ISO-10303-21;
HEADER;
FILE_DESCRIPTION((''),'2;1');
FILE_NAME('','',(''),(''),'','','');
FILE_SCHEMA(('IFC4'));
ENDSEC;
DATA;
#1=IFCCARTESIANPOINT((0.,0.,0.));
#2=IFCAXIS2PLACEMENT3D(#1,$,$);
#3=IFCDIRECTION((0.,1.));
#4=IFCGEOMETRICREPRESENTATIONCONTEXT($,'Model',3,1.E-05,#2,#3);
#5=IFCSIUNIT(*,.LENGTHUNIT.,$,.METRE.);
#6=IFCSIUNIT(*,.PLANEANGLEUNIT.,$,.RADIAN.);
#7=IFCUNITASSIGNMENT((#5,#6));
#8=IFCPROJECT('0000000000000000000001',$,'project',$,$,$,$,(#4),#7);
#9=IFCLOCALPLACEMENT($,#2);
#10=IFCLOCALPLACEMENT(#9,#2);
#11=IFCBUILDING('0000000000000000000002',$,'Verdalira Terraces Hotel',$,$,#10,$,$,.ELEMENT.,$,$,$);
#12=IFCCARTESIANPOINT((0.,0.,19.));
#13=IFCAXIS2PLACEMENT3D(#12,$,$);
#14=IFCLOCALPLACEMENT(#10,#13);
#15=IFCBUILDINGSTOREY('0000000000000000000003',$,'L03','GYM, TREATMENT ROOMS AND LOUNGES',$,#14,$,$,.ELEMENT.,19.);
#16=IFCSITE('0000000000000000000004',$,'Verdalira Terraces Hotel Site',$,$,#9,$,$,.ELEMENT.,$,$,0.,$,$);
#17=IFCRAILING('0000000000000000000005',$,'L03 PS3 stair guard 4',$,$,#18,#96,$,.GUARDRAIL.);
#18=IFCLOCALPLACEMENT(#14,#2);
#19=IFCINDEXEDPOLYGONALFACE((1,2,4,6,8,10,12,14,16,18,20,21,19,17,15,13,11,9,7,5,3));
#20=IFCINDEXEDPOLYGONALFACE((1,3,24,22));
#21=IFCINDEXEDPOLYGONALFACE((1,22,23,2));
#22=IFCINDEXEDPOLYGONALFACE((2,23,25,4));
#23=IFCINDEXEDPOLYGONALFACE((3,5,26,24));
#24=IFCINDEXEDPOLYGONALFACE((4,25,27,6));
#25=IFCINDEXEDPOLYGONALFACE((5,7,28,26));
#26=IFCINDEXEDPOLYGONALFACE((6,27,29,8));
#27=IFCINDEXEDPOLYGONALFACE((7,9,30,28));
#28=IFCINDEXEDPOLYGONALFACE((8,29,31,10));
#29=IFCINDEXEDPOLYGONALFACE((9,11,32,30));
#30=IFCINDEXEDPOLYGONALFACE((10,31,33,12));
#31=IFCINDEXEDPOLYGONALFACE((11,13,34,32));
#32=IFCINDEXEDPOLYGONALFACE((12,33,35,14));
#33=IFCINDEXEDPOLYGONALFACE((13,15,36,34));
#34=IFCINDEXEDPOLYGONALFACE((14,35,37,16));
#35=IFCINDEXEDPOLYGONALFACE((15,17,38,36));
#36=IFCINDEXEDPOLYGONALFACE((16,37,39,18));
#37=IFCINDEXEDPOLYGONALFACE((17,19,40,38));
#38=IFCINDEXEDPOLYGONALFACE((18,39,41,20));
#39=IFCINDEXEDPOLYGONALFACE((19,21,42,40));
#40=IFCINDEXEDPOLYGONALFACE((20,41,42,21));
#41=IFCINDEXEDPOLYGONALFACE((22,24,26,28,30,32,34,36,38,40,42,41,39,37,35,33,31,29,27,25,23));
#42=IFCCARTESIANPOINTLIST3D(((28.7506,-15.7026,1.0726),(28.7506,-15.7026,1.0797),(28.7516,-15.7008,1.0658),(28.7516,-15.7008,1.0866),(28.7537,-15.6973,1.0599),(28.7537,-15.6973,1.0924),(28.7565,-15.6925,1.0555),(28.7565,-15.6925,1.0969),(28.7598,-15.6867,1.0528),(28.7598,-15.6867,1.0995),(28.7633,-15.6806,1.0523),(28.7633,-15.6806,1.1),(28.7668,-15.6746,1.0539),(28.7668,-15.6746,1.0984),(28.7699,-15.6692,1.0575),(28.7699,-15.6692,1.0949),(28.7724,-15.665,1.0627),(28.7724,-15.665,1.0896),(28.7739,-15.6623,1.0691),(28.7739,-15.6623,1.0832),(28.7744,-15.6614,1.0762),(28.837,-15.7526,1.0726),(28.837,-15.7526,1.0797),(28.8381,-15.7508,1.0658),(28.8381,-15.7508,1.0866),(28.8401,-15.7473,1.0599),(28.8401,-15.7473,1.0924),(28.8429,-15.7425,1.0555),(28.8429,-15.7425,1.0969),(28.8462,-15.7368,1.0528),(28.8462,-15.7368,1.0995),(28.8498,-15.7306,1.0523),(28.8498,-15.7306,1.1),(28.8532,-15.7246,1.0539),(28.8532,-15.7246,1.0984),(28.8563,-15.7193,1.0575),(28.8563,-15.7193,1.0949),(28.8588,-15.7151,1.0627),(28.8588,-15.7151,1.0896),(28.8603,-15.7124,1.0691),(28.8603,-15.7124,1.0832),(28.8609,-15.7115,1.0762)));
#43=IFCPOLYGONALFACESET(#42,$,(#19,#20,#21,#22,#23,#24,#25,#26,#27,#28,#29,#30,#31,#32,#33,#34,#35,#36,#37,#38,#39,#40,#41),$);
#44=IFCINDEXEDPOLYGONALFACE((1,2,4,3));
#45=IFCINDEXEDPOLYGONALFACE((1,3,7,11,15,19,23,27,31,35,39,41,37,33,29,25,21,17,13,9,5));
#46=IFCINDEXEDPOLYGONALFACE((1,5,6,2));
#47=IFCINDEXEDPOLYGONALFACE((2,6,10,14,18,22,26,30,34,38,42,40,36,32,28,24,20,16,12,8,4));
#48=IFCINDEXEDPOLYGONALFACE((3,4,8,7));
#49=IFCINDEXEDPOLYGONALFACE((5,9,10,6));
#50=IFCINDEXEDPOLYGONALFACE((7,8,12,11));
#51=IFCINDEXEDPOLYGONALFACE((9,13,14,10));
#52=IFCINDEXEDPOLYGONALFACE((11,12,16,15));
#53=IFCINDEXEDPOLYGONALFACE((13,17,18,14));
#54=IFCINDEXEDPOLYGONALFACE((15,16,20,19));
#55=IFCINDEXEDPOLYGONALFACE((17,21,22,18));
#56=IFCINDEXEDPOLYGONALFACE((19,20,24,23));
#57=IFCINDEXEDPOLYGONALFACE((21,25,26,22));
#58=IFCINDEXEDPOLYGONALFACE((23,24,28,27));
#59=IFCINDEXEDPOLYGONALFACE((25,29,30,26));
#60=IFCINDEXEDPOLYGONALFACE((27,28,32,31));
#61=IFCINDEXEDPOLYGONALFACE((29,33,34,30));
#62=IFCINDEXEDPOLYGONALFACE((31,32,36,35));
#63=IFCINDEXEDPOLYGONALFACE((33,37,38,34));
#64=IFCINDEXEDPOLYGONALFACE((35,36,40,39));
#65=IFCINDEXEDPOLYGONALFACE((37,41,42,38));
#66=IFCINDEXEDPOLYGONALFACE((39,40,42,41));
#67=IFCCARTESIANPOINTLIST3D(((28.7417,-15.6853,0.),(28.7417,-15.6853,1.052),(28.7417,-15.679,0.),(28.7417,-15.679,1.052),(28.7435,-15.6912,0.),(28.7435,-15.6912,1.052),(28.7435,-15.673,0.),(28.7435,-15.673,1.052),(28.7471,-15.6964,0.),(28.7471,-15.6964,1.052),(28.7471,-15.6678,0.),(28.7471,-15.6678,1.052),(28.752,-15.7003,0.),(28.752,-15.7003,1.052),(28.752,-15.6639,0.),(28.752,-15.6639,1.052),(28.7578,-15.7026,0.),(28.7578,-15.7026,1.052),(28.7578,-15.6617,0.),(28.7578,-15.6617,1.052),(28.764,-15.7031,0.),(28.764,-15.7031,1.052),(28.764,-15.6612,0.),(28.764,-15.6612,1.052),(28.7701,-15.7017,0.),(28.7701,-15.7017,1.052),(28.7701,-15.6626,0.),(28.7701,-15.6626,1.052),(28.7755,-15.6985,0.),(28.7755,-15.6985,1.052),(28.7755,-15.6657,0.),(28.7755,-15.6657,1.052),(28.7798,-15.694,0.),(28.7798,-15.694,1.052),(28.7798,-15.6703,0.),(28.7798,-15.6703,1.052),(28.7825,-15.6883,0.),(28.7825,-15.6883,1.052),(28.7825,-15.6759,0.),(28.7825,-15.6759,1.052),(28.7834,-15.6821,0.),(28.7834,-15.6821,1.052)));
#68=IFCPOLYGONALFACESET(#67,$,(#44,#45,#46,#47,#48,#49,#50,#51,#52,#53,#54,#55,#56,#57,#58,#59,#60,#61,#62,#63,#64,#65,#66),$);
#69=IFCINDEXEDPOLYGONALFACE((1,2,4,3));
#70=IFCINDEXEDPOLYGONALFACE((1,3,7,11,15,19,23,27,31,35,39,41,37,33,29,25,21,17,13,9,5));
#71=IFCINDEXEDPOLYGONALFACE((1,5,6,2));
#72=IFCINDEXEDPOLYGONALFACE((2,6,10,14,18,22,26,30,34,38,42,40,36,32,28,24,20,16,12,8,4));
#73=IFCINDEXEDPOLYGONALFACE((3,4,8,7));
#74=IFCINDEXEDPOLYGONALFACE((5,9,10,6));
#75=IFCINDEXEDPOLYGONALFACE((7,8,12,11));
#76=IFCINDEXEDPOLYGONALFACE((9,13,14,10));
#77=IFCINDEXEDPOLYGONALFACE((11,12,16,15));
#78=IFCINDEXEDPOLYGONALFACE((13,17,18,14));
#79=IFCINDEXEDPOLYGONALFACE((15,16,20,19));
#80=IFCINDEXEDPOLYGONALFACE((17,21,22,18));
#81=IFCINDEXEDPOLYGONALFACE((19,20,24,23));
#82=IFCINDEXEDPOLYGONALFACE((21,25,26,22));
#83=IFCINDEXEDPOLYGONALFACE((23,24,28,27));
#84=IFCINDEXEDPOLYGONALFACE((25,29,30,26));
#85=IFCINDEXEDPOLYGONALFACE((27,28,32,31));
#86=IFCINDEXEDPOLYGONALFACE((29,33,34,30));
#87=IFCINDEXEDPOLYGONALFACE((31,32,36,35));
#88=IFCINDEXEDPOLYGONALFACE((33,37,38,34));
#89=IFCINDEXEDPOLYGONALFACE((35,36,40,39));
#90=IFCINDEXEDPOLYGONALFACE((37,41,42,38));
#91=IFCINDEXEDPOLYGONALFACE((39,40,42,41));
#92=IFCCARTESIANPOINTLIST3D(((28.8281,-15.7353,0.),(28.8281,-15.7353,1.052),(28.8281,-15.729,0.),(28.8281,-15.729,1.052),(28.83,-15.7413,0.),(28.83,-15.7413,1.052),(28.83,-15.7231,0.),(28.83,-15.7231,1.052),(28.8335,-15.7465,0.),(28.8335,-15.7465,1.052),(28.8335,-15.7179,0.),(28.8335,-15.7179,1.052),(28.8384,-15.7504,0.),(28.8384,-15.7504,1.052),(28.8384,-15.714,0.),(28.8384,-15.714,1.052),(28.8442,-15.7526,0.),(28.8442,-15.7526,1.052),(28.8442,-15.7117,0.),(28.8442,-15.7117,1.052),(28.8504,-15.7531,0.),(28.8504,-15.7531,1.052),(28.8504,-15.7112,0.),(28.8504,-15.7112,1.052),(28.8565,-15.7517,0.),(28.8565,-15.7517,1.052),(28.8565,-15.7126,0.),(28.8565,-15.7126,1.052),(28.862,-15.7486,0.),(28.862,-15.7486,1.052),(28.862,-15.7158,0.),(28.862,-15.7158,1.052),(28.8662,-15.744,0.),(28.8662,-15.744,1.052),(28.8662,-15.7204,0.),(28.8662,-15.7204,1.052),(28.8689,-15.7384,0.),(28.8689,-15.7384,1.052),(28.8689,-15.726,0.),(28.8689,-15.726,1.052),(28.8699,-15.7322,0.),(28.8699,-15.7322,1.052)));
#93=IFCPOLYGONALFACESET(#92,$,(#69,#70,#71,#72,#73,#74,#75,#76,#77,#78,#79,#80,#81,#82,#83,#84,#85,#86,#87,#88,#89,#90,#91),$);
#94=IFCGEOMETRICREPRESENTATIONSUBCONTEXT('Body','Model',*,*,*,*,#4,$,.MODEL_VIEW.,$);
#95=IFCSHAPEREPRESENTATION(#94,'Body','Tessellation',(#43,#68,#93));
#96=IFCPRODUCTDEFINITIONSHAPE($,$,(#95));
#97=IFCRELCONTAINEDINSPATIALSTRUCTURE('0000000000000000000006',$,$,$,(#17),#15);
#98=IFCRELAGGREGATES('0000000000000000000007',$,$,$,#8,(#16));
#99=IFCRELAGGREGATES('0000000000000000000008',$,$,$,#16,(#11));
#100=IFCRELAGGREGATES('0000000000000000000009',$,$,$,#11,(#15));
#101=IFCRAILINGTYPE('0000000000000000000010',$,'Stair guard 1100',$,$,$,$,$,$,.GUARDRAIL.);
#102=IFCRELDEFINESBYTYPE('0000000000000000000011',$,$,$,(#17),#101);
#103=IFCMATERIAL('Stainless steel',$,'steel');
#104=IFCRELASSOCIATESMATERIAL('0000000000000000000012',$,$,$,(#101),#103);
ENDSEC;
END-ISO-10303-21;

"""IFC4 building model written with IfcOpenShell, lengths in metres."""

from ifc_helpers import new_model, si_unit, direction, frame, origin, origin_2d, place, context, subcontext, project, spatial, circle, extrude, material, type_object, element, save


model = new_model("IFC4")

# Units and contexts
model_context = context("Model", 3, precision=1e-05, world=origin(), true_north=direction((0.0, 1.0)))
body_context = subcontext(model_context, "Body", "Model", "MODEL_VIEW")
ifc_project = project(units=[si_unit("LENGTHUNIT", "METRE"), si_unit("PLANEANGLEUNIT", "RADIAN")], contexts=[model_context])

# Site, building, storey
site_placement = place(None, origin())
site = spatial("IfcSite", under=ifc_project, at=site_placement, Name="Verdalira Terraces Hotel Site", CompositionType="ELEMENT", RefElevation=0.0)
building_placement = place(site_placement, origin())
building = spatial("IfcBuilding", under=site, at=building_placement, Name="Verdalira Terraces Hotel", CompositionType="ELEMENT")
storey_placement = place(building_placement, frame((0.0, 0.0, 19.0)))
storey = spatial("IfcBuildingStorey", under=building, at=storey_placement, Name="L03", Description="GYM, TREATMENT ROOMS AND LOUNGES", CompositionType="ELEMENT", Elevation=19.0)

# Railing
ifc_material_1 = material(Name="Stainless steel", Category="steel")
railing_type_1 = type_object("IfcRailingType", Name="Stair guard 1100", PredefinedType="GUARDRAIL", material=ifc_material_1)
railing_1_placement = place(storey_placement, frame((28.7625, -15.6821, 0.0)))
element("IfcRailing", 1, at=railing_1_placement, inside=storey, type_object=railing_type_1, Name="L03 PS3 stair guard 4", PredefinedType="GUARDRAIL", context=body_context, shape_type="SweptSolid", body=[
    extrude(circle(Radius=0.0239, at=origin_2d()), frame((0.0, 0.0, 1.0762), z_axis=(0.86537, -0.501133, 0.0), x_axis=(0.501133, 0.86537, 0.0)), (0.0, 0.0, 1.0), 0.0999),
    extrude(circle(Radius=0.021, at=origin_2d()), origin(), (0.0, 0.0, 1.0), 1.052),
    extrude(circle(Radius=0.021, at=origin_2d()), frame((0.0864, -0.05, 0.0)), (0.0, 0.0, 1.0), 1.052),
])

save(model, "model.ifc")
